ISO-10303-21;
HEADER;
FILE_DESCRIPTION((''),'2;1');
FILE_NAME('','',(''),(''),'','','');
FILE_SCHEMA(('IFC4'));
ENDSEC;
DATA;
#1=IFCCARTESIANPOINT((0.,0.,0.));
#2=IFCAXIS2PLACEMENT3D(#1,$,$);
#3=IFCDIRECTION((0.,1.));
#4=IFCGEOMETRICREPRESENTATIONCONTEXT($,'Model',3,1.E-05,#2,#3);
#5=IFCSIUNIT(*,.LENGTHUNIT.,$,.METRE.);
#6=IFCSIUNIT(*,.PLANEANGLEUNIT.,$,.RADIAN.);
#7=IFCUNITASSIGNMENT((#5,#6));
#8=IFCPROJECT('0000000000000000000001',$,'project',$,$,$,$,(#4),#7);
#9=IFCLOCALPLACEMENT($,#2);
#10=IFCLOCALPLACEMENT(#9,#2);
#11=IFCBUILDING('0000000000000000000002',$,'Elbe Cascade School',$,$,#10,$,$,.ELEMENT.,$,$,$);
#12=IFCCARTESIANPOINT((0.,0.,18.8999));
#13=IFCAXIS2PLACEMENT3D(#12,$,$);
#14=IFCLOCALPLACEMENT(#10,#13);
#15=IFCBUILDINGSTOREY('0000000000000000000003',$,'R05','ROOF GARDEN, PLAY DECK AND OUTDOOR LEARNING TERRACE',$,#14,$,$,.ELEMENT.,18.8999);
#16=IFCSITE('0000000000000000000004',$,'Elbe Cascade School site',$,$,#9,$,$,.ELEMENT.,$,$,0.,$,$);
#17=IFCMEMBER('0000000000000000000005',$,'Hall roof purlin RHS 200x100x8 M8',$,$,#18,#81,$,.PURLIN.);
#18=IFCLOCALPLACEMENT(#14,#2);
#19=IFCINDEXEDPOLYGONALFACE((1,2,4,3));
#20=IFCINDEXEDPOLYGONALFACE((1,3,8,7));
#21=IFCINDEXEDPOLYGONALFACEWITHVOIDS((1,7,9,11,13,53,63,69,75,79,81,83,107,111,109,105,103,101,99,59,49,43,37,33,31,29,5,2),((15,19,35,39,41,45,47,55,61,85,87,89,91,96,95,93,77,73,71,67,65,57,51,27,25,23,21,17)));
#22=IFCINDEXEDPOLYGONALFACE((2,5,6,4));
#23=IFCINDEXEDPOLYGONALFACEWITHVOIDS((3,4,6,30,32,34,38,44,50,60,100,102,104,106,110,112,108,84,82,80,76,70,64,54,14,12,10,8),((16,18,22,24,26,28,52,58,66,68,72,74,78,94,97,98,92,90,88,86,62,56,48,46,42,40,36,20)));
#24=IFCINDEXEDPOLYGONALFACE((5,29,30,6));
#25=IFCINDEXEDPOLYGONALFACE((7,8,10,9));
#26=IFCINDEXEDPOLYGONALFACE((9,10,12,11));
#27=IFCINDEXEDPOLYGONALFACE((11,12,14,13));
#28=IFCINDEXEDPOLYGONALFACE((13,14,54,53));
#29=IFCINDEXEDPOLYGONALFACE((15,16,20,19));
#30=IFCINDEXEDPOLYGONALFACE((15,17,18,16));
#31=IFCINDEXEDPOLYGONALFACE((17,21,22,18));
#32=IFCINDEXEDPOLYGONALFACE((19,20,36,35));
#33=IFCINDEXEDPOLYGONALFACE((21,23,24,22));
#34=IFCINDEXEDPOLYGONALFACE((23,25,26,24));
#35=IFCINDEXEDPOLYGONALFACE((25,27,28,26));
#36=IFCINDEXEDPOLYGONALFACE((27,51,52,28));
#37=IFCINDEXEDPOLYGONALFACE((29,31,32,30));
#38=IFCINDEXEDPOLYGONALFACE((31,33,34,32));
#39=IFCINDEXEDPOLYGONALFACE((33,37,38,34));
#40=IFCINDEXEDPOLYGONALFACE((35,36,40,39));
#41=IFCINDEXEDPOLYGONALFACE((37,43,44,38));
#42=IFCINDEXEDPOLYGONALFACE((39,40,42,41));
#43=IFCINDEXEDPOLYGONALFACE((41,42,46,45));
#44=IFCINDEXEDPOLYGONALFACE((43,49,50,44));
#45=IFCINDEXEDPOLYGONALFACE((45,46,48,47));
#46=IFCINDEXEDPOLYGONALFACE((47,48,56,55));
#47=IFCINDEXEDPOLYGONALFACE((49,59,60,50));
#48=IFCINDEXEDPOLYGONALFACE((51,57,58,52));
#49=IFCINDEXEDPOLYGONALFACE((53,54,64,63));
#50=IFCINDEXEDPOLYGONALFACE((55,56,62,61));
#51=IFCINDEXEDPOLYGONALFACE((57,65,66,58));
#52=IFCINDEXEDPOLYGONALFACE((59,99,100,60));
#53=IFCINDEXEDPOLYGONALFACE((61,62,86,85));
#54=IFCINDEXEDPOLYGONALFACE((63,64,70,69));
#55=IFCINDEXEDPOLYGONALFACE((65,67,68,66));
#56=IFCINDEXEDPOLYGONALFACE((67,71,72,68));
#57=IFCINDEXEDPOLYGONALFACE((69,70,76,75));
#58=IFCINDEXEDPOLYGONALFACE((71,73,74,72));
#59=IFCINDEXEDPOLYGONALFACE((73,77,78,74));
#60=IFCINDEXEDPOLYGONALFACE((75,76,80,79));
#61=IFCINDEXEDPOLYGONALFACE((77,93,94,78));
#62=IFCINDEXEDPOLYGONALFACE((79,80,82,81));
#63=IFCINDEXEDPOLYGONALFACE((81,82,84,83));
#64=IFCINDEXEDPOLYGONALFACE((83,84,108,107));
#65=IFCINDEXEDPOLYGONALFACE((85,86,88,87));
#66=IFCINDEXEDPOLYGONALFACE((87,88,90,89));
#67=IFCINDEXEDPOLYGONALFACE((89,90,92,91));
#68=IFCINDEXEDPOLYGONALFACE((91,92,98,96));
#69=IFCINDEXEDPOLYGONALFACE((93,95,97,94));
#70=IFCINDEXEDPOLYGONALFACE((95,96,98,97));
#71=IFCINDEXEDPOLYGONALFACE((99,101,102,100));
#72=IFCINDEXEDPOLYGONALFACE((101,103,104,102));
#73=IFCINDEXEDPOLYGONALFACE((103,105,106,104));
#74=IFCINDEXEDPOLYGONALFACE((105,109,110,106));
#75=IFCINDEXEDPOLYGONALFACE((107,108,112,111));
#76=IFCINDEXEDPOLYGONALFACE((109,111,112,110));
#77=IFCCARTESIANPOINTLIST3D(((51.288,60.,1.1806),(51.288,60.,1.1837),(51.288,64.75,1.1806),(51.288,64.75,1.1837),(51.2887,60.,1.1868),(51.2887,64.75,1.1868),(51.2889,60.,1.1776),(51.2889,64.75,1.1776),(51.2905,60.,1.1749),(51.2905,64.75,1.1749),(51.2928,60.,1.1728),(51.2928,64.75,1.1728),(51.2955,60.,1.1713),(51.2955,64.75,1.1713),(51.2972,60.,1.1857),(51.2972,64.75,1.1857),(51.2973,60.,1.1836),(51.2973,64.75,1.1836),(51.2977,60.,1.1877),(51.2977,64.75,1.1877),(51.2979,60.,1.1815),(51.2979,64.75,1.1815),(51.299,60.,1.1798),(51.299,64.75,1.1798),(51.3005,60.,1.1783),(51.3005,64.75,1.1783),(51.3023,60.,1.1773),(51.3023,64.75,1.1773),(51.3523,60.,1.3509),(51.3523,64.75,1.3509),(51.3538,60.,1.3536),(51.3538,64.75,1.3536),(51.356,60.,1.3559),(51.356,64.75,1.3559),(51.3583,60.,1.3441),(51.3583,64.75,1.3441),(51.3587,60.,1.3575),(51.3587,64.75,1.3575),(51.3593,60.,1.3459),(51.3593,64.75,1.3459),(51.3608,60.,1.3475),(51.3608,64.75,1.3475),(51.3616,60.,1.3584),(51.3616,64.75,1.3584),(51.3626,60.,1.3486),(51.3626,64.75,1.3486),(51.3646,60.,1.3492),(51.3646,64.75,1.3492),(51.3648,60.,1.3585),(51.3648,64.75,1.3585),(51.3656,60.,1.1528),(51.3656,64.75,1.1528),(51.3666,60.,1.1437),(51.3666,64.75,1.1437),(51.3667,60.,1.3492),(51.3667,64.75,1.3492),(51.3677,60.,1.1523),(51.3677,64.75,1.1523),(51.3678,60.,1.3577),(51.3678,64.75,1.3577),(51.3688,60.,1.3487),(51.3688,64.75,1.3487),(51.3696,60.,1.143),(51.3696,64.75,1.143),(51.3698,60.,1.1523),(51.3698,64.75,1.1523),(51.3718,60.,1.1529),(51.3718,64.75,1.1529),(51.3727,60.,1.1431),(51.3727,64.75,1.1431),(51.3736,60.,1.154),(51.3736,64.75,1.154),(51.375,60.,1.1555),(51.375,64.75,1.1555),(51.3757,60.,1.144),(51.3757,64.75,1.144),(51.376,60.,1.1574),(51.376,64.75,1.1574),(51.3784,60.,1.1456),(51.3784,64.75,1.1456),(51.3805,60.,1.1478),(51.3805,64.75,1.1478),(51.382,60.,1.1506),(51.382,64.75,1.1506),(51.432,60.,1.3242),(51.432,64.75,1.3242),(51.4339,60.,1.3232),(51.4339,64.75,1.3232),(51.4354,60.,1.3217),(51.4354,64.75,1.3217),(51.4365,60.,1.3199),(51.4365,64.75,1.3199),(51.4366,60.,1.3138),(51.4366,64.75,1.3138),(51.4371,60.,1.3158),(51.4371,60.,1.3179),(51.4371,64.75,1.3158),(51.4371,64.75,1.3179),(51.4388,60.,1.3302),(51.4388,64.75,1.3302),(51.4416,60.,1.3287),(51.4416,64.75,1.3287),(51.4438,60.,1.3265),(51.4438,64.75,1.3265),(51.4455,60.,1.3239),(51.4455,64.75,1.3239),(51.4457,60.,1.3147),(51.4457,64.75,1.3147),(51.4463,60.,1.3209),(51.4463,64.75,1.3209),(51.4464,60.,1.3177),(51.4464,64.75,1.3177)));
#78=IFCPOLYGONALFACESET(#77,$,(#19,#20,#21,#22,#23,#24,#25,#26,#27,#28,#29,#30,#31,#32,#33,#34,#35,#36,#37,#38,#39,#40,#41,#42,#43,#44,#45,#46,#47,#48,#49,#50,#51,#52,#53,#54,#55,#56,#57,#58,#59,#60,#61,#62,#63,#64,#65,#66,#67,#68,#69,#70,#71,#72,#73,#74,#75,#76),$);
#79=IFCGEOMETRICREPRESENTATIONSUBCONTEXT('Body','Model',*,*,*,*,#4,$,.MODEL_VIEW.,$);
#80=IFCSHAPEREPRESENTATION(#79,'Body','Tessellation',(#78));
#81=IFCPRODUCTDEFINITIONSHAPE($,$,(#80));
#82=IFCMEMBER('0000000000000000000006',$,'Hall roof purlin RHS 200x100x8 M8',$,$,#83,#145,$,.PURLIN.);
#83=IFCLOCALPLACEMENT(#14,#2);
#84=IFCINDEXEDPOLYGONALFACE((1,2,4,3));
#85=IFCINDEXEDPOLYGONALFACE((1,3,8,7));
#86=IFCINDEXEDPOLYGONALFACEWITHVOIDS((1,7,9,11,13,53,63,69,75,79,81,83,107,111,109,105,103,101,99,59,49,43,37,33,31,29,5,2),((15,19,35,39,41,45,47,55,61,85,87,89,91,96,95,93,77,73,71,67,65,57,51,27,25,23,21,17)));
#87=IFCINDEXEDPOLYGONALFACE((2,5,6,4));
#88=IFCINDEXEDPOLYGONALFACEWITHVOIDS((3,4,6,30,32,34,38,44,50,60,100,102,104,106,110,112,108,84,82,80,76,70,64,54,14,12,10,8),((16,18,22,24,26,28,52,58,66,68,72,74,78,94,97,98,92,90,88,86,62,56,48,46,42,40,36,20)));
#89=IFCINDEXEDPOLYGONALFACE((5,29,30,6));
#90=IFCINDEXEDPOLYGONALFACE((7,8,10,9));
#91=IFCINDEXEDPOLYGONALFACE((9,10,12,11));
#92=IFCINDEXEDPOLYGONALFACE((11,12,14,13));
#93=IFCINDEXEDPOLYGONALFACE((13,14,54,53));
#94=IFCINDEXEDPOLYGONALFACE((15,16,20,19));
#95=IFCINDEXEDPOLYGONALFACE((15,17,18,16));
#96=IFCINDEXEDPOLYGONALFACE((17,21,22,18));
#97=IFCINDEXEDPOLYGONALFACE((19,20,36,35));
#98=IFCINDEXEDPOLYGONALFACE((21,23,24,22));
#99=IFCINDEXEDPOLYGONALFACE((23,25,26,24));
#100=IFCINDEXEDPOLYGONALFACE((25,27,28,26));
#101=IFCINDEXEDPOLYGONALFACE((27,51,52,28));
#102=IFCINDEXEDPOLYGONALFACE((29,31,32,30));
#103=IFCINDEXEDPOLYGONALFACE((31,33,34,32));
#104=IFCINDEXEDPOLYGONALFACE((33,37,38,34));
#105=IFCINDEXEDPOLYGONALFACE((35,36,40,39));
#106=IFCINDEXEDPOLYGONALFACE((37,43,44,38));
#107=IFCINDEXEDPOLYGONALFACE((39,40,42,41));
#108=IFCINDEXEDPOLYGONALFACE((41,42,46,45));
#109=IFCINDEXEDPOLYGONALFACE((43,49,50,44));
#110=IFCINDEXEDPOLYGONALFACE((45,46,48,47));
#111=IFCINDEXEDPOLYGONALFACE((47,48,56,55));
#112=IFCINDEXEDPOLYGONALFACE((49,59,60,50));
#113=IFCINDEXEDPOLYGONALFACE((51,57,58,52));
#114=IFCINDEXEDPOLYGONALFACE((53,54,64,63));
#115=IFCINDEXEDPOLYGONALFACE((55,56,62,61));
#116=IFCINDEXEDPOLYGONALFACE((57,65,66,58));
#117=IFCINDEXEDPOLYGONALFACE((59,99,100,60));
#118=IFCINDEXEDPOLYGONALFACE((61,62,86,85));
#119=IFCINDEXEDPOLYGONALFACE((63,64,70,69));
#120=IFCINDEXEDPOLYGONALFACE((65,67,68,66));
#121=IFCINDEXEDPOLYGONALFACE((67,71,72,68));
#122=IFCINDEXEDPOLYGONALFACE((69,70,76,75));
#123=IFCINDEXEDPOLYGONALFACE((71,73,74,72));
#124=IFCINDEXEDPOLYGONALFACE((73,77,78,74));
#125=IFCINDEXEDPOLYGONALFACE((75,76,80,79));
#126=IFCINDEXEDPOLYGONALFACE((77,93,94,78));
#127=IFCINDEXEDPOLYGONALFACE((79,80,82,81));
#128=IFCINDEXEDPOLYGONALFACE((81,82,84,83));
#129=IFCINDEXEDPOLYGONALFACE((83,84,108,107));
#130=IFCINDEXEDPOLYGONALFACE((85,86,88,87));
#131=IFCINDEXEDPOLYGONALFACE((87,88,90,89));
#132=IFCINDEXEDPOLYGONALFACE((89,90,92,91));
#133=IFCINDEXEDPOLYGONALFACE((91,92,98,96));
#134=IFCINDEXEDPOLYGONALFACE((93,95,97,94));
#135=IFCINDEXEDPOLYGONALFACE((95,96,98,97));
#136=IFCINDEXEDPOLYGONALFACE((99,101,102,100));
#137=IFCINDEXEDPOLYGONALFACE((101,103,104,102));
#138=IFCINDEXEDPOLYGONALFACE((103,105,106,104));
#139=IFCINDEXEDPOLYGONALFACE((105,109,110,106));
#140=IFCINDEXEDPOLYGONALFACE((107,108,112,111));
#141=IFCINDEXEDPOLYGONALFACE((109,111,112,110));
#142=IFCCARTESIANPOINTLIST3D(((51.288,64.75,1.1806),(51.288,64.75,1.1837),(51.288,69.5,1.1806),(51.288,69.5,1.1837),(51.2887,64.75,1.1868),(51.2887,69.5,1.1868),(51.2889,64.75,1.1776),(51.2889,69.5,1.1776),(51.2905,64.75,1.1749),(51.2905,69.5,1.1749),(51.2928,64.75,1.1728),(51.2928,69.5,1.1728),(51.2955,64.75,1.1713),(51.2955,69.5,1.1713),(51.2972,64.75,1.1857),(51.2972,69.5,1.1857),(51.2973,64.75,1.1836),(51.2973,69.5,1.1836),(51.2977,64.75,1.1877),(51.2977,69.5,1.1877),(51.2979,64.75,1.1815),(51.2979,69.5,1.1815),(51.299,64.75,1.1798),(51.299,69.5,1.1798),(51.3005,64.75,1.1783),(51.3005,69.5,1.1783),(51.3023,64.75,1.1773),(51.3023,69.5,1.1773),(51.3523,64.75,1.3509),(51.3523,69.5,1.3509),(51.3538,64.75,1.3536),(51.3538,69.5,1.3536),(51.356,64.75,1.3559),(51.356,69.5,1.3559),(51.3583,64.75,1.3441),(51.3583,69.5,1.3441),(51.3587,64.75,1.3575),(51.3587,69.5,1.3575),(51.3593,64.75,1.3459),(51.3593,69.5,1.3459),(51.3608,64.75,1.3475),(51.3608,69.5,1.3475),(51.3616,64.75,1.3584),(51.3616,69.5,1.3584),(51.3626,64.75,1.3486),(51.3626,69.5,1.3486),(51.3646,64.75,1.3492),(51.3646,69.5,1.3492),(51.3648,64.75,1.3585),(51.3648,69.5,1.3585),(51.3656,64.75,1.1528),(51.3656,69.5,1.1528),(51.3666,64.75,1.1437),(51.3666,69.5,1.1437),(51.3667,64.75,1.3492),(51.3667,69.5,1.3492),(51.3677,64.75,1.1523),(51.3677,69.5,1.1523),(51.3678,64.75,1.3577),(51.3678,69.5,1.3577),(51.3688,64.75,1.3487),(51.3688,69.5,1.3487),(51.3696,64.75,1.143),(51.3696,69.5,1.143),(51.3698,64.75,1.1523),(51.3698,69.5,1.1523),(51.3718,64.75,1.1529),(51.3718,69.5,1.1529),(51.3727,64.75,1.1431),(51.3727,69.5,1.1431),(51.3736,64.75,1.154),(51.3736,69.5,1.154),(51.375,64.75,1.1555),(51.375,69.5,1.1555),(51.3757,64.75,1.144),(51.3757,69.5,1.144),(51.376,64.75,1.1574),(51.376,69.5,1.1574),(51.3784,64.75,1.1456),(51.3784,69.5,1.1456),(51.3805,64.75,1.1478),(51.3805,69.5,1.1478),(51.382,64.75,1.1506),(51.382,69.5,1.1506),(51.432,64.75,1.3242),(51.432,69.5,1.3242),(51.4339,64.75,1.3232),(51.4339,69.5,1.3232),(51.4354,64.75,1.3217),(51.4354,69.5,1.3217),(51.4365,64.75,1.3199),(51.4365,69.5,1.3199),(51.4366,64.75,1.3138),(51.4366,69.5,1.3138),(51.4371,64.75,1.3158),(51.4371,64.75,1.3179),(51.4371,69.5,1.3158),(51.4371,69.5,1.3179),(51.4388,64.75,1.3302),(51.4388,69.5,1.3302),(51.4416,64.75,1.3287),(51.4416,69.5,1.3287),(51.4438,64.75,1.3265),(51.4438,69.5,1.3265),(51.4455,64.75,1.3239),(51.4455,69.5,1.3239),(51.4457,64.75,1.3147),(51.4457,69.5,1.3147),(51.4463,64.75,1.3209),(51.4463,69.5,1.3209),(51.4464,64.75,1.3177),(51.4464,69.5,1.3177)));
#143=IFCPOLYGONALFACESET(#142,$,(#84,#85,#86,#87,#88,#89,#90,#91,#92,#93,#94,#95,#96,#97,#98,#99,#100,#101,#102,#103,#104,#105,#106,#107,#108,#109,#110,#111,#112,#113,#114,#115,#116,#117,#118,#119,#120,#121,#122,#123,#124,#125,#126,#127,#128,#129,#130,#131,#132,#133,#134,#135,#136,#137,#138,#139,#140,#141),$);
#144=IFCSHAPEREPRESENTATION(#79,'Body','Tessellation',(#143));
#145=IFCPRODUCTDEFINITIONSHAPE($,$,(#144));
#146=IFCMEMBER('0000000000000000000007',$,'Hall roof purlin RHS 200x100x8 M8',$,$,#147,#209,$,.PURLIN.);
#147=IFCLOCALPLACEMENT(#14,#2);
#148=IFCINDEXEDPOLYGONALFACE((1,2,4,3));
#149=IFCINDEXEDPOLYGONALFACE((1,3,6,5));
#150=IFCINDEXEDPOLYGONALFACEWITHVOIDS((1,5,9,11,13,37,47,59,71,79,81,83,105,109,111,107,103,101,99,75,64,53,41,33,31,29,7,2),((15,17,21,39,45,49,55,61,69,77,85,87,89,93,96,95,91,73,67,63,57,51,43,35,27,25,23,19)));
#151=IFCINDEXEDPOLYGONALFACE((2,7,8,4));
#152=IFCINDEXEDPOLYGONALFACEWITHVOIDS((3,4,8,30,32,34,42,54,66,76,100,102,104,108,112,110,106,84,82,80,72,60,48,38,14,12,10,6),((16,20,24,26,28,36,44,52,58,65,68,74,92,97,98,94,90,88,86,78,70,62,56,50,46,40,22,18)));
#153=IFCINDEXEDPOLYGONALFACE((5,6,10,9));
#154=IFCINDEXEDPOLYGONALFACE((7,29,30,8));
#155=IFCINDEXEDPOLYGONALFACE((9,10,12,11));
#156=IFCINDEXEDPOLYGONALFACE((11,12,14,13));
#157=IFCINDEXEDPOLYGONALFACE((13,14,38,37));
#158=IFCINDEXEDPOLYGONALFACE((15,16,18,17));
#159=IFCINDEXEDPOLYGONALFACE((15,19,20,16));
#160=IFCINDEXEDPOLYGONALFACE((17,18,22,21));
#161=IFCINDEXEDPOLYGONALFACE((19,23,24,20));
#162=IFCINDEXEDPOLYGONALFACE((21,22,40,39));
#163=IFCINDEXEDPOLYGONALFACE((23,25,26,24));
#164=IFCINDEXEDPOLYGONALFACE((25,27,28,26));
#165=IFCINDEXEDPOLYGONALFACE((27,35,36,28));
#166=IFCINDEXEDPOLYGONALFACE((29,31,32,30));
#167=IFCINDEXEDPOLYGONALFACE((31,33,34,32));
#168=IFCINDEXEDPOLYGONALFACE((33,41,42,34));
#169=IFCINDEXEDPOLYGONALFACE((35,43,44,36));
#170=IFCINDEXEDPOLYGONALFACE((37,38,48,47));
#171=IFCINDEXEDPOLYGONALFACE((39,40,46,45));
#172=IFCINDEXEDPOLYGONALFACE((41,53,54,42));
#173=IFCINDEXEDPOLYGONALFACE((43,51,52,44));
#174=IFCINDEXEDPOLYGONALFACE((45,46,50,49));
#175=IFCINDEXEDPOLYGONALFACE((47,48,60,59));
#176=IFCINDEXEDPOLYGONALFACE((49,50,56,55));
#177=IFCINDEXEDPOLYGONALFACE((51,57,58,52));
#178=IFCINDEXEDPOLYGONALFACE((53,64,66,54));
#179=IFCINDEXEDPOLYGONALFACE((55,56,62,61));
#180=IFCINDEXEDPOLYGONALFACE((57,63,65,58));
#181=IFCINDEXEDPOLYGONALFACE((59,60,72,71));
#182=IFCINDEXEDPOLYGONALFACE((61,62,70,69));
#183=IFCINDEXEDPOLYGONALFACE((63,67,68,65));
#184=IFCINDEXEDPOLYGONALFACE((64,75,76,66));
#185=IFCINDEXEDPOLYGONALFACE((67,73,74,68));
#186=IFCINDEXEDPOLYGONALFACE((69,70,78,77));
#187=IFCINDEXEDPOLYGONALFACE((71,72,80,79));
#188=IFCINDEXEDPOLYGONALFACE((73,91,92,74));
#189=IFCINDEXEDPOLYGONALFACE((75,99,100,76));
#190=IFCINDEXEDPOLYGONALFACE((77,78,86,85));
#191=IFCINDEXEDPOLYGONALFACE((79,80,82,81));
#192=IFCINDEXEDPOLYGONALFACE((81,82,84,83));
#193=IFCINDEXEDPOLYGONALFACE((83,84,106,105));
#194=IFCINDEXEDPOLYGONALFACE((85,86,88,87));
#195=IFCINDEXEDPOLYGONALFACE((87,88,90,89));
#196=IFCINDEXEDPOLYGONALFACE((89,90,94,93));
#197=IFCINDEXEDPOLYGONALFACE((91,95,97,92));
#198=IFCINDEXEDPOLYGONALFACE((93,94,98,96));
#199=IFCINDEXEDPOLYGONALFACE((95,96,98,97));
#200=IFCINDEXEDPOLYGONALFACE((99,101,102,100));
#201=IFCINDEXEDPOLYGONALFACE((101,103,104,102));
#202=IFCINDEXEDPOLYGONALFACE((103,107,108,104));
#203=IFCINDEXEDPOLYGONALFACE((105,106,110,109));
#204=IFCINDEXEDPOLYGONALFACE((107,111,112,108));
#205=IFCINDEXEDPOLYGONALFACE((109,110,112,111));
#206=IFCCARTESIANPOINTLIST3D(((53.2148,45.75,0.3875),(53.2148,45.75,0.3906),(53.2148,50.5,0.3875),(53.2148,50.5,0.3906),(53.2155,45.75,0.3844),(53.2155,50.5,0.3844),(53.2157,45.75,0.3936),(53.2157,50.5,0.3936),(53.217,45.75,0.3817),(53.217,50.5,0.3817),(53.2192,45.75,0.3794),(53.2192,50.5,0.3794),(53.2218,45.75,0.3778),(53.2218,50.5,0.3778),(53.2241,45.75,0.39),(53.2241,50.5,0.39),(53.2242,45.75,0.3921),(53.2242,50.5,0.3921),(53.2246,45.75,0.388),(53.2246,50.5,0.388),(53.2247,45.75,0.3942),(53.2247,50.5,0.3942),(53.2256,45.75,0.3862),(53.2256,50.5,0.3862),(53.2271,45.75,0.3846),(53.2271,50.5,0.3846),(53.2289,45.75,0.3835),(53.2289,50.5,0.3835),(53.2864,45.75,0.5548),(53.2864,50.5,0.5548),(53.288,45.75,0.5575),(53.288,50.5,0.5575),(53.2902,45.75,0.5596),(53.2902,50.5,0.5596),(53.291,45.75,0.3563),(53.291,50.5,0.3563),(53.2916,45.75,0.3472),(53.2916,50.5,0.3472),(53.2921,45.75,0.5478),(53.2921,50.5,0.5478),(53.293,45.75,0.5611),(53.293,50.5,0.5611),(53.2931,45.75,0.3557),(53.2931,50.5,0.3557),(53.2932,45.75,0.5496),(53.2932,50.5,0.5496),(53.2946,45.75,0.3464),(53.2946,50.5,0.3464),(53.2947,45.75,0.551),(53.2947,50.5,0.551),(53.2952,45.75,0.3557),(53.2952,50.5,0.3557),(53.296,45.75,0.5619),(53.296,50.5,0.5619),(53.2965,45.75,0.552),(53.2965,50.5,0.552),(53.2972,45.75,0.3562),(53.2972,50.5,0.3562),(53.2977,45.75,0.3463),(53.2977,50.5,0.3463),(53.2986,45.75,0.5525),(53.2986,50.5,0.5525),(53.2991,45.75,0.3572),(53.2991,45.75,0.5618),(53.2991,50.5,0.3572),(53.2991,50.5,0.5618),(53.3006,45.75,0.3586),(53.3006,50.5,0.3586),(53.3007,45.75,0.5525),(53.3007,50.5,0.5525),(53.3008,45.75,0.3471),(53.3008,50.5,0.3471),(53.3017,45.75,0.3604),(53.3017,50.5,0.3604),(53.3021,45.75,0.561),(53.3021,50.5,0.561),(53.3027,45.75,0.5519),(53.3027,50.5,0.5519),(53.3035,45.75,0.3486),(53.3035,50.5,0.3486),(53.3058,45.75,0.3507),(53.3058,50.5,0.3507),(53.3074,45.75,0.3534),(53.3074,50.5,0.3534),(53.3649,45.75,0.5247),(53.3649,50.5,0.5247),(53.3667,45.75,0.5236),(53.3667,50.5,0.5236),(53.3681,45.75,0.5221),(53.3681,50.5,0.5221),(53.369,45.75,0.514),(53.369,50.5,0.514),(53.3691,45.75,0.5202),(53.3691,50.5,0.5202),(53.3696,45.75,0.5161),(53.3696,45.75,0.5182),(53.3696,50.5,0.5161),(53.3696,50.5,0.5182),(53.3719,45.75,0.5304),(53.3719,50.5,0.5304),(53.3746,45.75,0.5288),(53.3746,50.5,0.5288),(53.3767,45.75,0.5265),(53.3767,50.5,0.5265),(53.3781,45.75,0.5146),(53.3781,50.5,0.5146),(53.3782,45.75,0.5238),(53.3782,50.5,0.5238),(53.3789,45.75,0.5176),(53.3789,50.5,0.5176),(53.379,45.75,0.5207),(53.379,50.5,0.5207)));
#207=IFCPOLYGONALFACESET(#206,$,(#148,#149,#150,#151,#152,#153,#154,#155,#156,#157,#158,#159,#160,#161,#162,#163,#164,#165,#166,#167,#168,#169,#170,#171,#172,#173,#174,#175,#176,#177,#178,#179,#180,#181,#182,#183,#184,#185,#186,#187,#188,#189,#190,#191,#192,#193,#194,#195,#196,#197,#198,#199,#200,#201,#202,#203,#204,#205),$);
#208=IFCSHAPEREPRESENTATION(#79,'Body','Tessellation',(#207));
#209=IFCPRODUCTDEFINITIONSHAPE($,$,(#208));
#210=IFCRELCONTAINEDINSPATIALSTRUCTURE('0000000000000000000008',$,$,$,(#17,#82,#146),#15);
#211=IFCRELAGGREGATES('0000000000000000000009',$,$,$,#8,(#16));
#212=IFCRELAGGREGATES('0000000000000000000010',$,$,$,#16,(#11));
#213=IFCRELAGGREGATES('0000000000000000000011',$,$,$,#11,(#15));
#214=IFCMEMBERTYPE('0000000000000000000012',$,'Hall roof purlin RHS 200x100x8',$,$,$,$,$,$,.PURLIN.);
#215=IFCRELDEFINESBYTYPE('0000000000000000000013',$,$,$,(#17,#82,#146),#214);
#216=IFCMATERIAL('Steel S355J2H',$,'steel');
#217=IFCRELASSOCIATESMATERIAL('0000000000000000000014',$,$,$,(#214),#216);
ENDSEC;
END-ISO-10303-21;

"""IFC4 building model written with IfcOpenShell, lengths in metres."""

from ifc_helpers import new_model, si_unit, direction, frame, origin, origin_2d, place, context, subcontext, project, spatial, hollow_rectangle, extrude, material, material_profile, profile_set, type_object, element, save


model = new_model("IFC4")

# Units and contexts
model_context = context("Model", 3, precision=1e-05, world=origin(), true_north=direction((0.0, 1.0)))
body_context = subcontext(model_context, "Body", "Model", "MODEL_VIEW")
ifc_project = project(units=[si_unit("LENGTHUNIT", "METRE"), si_unit("PLANEANGLEUNIT", "RADIAN")], contexts=[model_context])

# Site, building, storey
site_placement = place(None, origin())
site = spatial("IfcSite", under=ifc_project, at=site_placement, Name="Elbe Cascade School site", CompositionType="ELEMENT", RefElevation=0.0)
building_placement = place(site_placement, origin())
building = spatial("IfcBuilding", under=site, at=building_placement, Name="Elbe Cascade School", CompositionType="ELEMENT")
storey_placement = place(building_placement, frame((0.0, 0.0, 18.8999)))
storey = spatial("IfcBuildingStorey", under=building, at=storey_placement, Name="R05", Description="ROOF GARDEN, PLAY DECK AND OUTDOOR LEARNING TERRACE", CompositionType="ELEMENT", Elevation=18.8999)

# Members
ifc_material_1 = material(Name="Steel S355J2H", Category="steel")
ifc_material_profile_1 = material_profile(ifc_material_1, hollow_rectangle(XDim=0.1001, YDim=0.2, WallThickness=0.0081, InnerFilletRadius=0.0081, OuterFilletRadius=0.012, at=origin_2d()), Name="RHS 200x100x8")
ifc_profile_set_1 = profile_set([ifc_material_profile_1], Name="Steel S355J2H")
member_type_1 = type_object("IfcMemberType", Name="Hall roof purlin RHS 200x100x8", PredefinedType="PURLIN", material=ifc_profile_set_1)
for number, where, z_axis, x_axis, name in (
    (1, (51.3672, 60.0, 1.2507), (0.0, 1.0, 0.0), (-0.932415, 0.0, 0.36139), "Hall roof purlin RHS 200x100x8 M8"),
    (2, (51.3672, 64.75, 1.2507), (0.0, 1.0, 0.0), (-0.932415, 0.0, 0.36139), "Hall roof purlin RHS 200x100x8 M8"),
    (3, (53.2969, 45.75, 0.4541), (0.0, 1.0, 0.0), (-0.91584, 0.0, 0.401544), "Hall roof purlin RHS 200x100x8 M8"),
):
    element("IfcMember", number, at=place(storey_placement, frame(where, z_axis=z_axis, x_axis=x_axis)), inside=storey, type_object=member_type_1, Name=name, PredefinedType="PURLIN", context=body_context, shape_type="SweptSolid", body=[
        extrude(hollow_rectangle(XDim=0.1001, YDim=0.2, WallThickness=0.0081, InnerFilletRadius=0.0081, OuterFilletRadius=0.012, at=origin_2d()), origin(), (0.0, 0.0, 1.0), 4.75),
    ])

save(model, "model.ifc")
